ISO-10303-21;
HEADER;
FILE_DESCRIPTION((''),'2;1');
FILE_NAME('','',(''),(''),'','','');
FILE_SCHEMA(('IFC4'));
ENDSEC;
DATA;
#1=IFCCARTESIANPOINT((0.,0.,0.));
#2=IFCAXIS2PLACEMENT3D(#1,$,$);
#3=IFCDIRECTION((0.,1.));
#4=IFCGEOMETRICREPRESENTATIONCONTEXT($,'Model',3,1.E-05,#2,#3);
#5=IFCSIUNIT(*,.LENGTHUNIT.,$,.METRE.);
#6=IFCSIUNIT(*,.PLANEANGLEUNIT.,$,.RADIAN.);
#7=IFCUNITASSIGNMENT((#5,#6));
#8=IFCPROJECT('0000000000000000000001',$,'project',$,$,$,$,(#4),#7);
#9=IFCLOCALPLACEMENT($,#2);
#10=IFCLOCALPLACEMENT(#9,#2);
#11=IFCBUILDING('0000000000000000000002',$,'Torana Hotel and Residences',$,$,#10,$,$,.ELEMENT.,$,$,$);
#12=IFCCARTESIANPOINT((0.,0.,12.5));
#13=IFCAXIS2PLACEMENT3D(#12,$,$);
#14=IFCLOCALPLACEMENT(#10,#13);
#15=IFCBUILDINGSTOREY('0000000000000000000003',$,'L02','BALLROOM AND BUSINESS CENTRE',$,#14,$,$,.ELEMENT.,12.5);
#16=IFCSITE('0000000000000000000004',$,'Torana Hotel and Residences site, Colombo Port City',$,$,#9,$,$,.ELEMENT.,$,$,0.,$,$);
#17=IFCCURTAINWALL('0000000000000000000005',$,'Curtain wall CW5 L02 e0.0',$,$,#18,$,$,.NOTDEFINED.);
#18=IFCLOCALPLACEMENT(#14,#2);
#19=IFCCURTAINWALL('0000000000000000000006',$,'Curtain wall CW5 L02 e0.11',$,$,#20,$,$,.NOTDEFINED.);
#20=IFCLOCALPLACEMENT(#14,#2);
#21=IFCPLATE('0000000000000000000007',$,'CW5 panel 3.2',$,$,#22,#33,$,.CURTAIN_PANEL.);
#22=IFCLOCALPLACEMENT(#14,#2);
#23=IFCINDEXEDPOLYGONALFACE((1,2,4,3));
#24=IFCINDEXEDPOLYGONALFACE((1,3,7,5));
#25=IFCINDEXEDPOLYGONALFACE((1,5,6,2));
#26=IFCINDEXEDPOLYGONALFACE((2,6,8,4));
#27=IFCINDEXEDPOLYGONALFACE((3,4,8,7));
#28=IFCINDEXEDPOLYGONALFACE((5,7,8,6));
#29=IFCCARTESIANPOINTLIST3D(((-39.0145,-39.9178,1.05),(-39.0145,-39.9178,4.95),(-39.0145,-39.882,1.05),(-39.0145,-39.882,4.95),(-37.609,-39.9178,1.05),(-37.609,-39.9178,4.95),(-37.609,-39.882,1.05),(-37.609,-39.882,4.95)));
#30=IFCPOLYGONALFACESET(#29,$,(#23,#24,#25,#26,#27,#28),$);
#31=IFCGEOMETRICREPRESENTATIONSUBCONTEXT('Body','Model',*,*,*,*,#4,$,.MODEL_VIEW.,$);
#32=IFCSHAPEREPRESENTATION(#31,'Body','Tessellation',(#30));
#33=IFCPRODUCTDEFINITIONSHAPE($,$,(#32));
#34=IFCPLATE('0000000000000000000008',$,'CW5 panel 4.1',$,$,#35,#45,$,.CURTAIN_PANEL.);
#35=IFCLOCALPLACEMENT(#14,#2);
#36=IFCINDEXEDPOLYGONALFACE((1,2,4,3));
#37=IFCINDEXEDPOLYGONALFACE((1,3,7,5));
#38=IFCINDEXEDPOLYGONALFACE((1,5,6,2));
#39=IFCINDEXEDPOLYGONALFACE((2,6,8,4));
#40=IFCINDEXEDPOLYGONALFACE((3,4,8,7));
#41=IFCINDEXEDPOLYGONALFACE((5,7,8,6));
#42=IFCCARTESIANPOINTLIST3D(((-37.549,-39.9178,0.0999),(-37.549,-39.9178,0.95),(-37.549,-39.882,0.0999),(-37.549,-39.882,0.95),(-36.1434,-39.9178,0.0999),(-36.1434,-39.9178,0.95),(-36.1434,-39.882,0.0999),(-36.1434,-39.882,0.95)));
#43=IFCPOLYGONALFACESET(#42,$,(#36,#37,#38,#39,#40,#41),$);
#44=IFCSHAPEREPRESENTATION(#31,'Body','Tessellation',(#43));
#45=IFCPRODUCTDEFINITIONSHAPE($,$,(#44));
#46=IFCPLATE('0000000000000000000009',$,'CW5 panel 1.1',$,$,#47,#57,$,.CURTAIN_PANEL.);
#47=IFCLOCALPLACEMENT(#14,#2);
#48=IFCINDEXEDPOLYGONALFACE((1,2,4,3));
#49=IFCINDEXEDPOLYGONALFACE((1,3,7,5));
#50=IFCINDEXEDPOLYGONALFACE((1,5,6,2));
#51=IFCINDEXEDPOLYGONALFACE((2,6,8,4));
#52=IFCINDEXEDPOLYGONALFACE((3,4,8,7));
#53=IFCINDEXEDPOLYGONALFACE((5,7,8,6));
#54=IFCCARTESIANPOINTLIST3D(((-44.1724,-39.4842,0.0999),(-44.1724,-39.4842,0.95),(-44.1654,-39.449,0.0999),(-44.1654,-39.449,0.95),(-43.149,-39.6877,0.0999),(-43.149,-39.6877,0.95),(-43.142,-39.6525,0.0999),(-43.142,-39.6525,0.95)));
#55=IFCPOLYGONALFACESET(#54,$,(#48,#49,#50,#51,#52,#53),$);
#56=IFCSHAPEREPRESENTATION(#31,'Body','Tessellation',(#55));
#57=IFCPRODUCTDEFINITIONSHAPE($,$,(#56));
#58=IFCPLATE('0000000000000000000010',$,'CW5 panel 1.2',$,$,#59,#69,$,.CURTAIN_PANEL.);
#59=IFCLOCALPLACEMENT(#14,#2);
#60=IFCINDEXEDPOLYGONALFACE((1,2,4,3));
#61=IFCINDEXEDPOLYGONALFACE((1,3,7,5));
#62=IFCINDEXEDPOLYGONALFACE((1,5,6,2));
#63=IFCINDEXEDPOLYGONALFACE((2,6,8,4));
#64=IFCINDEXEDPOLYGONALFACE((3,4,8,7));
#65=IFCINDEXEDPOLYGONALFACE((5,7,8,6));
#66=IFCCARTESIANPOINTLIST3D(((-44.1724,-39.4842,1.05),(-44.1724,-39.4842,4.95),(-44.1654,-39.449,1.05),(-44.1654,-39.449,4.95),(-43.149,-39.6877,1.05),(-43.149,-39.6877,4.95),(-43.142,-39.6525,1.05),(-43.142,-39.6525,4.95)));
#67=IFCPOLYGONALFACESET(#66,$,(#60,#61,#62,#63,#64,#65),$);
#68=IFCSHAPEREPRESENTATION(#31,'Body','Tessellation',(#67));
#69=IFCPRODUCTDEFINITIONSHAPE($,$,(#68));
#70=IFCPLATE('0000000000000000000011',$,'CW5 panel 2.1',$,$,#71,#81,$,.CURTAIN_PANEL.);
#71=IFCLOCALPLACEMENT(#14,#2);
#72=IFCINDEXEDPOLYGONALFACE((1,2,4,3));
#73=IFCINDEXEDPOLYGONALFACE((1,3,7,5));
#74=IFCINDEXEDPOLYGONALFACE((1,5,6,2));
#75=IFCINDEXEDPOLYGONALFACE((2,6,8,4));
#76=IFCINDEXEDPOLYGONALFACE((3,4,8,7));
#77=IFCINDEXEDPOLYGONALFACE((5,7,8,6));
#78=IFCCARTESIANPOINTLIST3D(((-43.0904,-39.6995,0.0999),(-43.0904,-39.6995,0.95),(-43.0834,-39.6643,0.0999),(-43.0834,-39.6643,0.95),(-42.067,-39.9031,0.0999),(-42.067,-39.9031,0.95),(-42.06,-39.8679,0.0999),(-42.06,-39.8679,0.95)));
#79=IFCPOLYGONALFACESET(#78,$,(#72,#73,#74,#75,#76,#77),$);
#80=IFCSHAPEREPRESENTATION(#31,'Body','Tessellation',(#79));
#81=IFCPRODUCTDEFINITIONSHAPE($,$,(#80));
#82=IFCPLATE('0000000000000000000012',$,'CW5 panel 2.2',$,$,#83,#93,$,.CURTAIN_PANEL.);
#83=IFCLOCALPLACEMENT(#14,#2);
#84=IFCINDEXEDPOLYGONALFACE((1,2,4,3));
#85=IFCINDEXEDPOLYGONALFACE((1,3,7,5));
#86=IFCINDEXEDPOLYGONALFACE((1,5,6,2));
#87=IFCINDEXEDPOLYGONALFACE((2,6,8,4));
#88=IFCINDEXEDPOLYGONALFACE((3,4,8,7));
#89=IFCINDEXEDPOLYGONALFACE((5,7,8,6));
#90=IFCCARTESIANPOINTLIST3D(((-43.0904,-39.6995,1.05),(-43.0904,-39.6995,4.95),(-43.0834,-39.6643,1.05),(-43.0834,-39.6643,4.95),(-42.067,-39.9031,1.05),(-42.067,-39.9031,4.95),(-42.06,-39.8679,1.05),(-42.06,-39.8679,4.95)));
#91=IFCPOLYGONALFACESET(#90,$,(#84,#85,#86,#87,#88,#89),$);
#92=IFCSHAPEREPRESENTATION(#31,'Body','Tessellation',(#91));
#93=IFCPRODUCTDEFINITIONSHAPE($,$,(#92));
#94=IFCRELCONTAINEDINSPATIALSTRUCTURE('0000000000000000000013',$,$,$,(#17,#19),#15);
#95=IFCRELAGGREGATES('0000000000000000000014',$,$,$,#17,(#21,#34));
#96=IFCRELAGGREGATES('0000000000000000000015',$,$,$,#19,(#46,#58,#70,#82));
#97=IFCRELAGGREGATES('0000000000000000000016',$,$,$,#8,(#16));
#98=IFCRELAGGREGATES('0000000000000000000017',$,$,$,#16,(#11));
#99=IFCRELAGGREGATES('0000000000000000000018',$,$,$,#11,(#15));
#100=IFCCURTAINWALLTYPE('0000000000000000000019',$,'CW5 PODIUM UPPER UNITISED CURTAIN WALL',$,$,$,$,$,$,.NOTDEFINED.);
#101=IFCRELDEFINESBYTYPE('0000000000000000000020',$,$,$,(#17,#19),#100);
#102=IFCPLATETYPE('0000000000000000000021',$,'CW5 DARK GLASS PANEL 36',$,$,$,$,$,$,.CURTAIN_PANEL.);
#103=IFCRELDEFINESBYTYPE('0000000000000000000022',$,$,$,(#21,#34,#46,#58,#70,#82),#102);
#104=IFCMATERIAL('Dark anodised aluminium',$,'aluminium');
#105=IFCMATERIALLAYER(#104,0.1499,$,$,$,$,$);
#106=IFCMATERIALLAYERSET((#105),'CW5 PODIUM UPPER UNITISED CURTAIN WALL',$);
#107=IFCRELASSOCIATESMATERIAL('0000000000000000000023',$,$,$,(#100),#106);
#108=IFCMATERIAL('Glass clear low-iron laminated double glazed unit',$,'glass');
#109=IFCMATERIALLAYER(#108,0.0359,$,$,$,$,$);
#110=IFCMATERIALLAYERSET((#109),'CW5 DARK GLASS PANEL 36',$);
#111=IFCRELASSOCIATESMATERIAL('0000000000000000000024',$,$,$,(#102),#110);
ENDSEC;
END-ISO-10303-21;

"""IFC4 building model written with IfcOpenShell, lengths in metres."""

from ifc_helpers import new_model, si_unit, direction, frame, origin, origin_2d, place, context, subcontext, project, spatial, rectangle, extrude, material, layer, layer_set, type_object, element, aggregate, save


model = new_model("IFC4")

# Units and contexts
model_context = context("Model", 3, precision=1e-05, world=origin(), true_north=direction((0.0, 1.0)))
body_context = subcontext(model_context, "Body", "Model", "MODEL_VIEW")
ifc_project = project(units=[si_unit("LENGTHUNIT", "METRE"), si_unit("PLANEANGLEUNIT", "RADIAN")], contexts=[model_context])

# Site, building, storey
site_placement = place(None, origin())
site = spatial("IfcSite", under=ifc_project, at=site_placement, Name="Torana Hotel and Residences site, Colombo Port City", CompositionType="ELEMENT", RefElevation=0.0)
building_placement = place(site_placement, origin())
building = spatial("IfcBuilding", under=site, at=building_placement, Name="Torana Hotel and Residences", CompositionType="ELEMENT")
storey_placement = place(building_placement, frame((0.0, 0.0, 12.5)))
storey = spatial("IfcBuildingStorey", under=building, at=storey_placement, Name="L02", Description="BALLROOM AND BUSINESS CENTRE", CompositionType="ELEMENT", Elevation=12.5)

# Curtain walls
ifc_material_1 = material(Name="Dark anodised aluminium", Category="aluminium")
ifc_layer_1 = layer(ifc_material_1, 0.1499)
ifc_layer_set_1 = layer_set([ifc_layer_1], Name="CW5 PODIUM UPPER UNITISED CURTAIN WALL")
curtain_wall_type = type_object("IfcCurtainWallType", Name="CW5 PODIUM UPPER UNITISED CURTAIN WALL", PredefinedType="NOTDEFINED", material=ifc_layer_set_1)
curtain_wall_1_placement = place(storey_placement, origin())
curtain_wall_1 = element("IfcCurtainWall", 1, at=curtain_wall_1_placement, inside=storey, type_object=curtain_wall_type, Name="Curtain wall CW5 L02 e0.0", PredefinedType="NOTDEFINED")
curtain_wall_2_placement = place(storey_placement, origin())
curtain_wall_2 = element("IfcCurtainWall", 2, at=curtain_wall_2_placement, inside=storey, type_object=curtain_wall_type, Name="Curtain wall CW5 L02 e0.11", PredefinedType="NOTDEFINED")

# Plates
ifc_material_2 = material(Name="Glass clear low-iron laminated double glazed unit", Category="glass")
ifc_layer_2 = layer(ifc_material_2, 0.0359)
ifc_layer_set_2 = layer_set([ifc_layer_2], Name="CW5 DARK GLASS PANEL 36")
plate_type = type_object("IfcPlateType", Name="CW5 DARK GLASS PANEL 36", PredefinedType="CURTAIN_PANEL", material=ifc_layer_set_2)
plate_1_placement = place(storey_placement, frame((-38.3118, -39.8999, 1.05), z_axis=(0.0, 0.0, 1.0), x_axis=(1.0, 0.0, 0.0)))
plate_1 = element("IfcPlate", 3, at=plate_1_placement, type_object=plate_type, Name="CW5 panel 3.2", PredefinedType="CURTAIN_PANEL", context=body_context, shape_type="SweptSolid", body=[
    extrude(rectangle(XDim=1.4055, YDim=0.0359, at=origin_2d()), origin(), (0.0, 0.0, 1.0), 3.8999),
])
plate_2_placement = place(storey_placement, frame((-36.8462, -39.8999, 0.0999), z_axis=(0.0, 0.0, 1.0), x_axis=(1.0, 0.0, 0.0)))
plate_2 = element("IfcPlate", 4, at=plate_2_placement, type_object=plate_type, Name="CW5 panel 4.1", PredefinedType="CURTAIN_PANEL", context=body_context, shape_type="SweptSolid", body=[
    extrude(rectangle(XDim=1.4055, YDim=0.0359, at=origin_2d()), origin(), (0.0, 0.0, 1.0), 0.8501),
])
aggregate(curtain_wall_1, [plate_1, plate_2])
plate_3_placement = place(storey_placement, frame((-43.6572, -39.5684, 0.0999), z_axis=(0.0, 0.0, 1.0), x_axis=(0.980787, -0.195081, 0.0)))
plate_3 = element("IfcPlate", 5, at=plate_3_placement, type_object=plate_type, Name="CW5 panel 1.1", PredefinedType="CURTAIN_PANEL", context=body_context, shape_type="SweptSolid", body=[
    extrude(rectangle(XDim=1.0435, YDim=0.0359, at=origin_2d()), origin(), (0.0, 0.0, 1.0), 0.8501),
])
plate_4_placement = place(storey_placement, frame((-43.6572, -39.5684, 1.05), z_axis=(0.0, 0.0, 1.0), x_axis=(0.980787, -0.195081, 0.0)))
plate_4 = element("IfcPlate", 6, at=plate_4_placement, type_object=plate_type, Name="CW5 panel 1.2", PredefinedType="CURTAIN_PANEL", context=body_context, shape_type="SweptSolid", body=[
    extrude(rectangle(XDim=1.0435, YDim=0.0359, at=origin_2d()), origin(), (0.0, 0.0, 1.0), 3.8999),
])
plate_5_placement = place(storey_placement, frame((-42.5752, -39.7837, 0.0999), z_axis=(0.0, 0.0, 1.0), x_axis=(0.980787, -0.195081, 0.0)))
plate_5 = element("IfcPlate", 7, at=plate_5_placement, type_object=plate_type, Name="CW5 panel 2.1", PredefinedType="CURTAIN_PANEL", context=body_context, shape_type="SweptSolid", body=[
    extrude(rectangle(XDim=1.0435, YDim=0.0359, at=origin_2d()), origin(), (0.0, 0.0, 1.0), 0.8501),
])
plate_6_placement = place(storey_placement, frame((-42.5752, -39.7837, 1.05), z_axis=(0.0, 0.0, 1.0), x_axis=(0.980787, -0.195081, 0.0)))
plate_6 = element("IfcPlate", 8, at=plate_6_placement, type_object=plate_type, Name="CW5 panel 2.2", PredefinedType="CURTAIN_PANEL", context=body_context, shape_type="SweptSolid", body=[
    extrude(rectangle(XDim=1.0435, YDim=0.0359, at=origin_2d()), origin(), (0.0, 0.0, 1.0), 3.8999),
])
aggregate(curtain_wall_2, [plate_3, plate_4, plate_5, plate_6])

save(model, "model.ifc")
